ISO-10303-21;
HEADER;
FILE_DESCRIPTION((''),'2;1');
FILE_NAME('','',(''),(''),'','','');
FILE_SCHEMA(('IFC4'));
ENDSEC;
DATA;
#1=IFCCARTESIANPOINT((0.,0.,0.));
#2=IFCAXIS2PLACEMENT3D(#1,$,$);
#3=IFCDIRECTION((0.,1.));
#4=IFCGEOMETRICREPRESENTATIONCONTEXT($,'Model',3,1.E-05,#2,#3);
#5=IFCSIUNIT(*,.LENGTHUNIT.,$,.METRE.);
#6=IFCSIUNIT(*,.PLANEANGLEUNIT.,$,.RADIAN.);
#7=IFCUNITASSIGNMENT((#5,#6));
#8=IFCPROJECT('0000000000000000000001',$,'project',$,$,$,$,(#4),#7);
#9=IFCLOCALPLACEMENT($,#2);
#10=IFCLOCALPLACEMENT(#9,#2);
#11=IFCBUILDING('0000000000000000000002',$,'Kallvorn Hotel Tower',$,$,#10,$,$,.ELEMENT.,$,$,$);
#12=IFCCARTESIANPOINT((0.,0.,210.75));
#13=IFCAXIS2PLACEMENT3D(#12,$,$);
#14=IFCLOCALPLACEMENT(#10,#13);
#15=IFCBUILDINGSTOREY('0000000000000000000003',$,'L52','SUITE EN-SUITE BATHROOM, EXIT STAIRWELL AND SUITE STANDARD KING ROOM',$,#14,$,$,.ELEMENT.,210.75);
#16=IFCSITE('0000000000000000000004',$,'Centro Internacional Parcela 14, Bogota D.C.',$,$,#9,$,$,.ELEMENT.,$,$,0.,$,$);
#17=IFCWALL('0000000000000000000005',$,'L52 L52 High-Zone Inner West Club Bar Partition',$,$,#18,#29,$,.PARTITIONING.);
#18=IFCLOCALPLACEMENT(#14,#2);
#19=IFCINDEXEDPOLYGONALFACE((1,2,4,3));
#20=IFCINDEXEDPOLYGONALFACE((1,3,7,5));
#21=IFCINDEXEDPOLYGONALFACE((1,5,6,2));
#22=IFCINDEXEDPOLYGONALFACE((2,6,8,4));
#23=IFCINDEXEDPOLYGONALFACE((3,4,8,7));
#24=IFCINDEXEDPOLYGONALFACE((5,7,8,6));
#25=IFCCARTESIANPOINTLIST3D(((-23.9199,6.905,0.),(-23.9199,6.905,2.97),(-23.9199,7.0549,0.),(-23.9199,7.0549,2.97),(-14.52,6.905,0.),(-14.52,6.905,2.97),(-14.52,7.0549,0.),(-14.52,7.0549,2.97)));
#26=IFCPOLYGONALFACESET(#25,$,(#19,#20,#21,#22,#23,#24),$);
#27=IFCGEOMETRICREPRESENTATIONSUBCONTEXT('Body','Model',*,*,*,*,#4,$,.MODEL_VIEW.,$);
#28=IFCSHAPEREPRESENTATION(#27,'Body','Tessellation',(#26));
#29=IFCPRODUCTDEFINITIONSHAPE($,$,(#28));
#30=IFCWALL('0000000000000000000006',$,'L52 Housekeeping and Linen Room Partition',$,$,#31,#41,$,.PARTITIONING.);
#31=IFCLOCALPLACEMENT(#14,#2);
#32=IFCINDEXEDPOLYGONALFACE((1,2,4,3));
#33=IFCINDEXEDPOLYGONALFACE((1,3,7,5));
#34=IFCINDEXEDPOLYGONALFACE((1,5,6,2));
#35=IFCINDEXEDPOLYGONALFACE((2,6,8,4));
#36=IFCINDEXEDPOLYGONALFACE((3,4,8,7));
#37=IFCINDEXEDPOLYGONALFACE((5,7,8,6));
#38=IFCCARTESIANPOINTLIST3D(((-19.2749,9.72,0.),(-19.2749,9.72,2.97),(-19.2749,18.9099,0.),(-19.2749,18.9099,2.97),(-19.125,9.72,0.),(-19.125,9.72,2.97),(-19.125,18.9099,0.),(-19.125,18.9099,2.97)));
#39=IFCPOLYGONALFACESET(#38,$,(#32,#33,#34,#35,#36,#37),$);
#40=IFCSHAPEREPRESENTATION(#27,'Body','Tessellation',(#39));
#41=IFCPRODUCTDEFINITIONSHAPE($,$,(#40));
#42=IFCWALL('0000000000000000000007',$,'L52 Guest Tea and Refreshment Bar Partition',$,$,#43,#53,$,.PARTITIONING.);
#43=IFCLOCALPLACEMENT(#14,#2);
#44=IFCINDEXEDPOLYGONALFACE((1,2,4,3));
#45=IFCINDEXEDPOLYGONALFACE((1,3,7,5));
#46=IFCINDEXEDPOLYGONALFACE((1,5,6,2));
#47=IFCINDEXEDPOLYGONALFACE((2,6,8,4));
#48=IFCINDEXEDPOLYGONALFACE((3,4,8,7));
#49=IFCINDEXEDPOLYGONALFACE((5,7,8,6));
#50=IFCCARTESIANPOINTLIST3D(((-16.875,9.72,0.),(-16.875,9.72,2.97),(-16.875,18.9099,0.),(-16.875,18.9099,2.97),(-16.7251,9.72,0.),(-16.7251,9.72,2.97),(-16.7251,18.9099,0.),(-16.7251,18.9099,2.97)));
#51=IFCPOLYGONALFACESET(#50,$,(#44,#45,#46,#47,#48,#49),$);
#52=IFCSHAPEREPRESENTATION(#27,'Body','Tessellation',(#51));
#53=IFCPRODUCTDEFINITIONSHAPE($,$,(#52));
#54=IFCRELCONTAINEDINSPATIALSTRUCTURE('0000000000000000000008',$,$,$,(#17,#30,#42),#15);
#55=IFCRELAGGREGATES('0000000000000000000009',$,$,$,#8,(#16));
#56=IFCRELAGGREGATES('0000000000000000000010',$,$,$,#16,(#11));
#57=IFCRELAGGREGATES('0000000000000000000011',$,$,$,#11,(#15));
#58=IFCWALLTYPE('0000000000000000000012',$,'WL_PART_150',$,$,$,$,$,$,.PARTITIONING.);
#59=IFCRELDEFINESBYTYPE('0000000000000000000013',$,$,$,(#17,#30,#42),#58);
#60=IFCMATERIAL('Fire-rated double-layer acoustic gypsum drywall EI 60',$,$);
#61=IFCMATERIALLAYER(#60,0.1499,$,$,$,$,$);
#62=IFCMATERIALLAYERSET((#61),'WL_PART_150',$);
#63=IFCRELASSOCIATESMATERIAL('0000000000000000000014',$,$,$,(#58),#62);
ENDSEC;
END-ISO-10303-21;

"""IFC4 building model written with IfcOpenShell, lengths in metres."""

from ifc_helpers import new_model, si_unit, direction, frame, frame_2d, origin, place, context, subcontext, project, spatial, rectangle, extrude, material, layer, layer_set, type_object, element, save


model = new_model("IFC4")

# Units and contexts
model_context = context("Model", 3, precision=1e-05, world=origin(), true_north=direction((0.0, 1.0)))
body_context = subcontext(model_context, "Body", "Model", "MODEL_VIEW")
ifc_project = project(units=[si_unit("LENGTHUNIT", "METRE"), si_unit("PLANEANGLEUNIT", "RADIAN")], contexts=[model_context])

# Site, building, storey
site_placement = place(None, origin())
site = spatial("IfcSite", under=ifc_project, at=site_placement, Name="Centro Internacional Parcela 14, Bogota D.C.", CompositionType="ELEMENT", RefElevation=0.0)
building_placement = place(site_placement, origin())
building = spatial("IfcBuilding", under=site, at=building_placement, Name="Kallvorn Hotel Tower", CompositionType="ELEMENT")
storey_placement = place(building_placement, frame((0.0, 0.0, 210.75)))
storey = spatial("IfcBuildingStorey", under=building, at=storey_placement, Name="L52", Description="SUITE EN-SUITE BATHROOM, EXIT STAIRWELL AND SUITE STANDARD KING ROOM", CompositionType="ELEMENT", Elevation=210.75)

# Walls
ifc_material_1 = material(Name="Fire-rated double-layer acoustic gypsum drywall EI 60")
ifc_layer_1 = layer(ifc_material_1, 0.1499)
ifc_layer_set_1 = layer_set([ifc_layer_1], Name="WL_PART_150")
wall_type_1 = type_object("IfcWallType", Name="WL_PART_150", PredefinedType="PARTITIONING", material=ifc_layer_set_1)
wall_1_placement = place(storey_placement, frame((-23.9199, 6.98, 0.0), z_axis=(0.0, 0.0, 1.0), x_axis=(1.0, 0.0, 0.0)))
element("IfcWall", 1, at=wall_1_placement, inside=storey, type_object=wall_type_1, Name="L52 L52 High-Zone Inner West Club Bar Partition", PredefinedType="PARTITIONING", context=body_context, shape_type="SweptSolid", body=[
    extrude(rectangle(XDim=9.3999, YDim=0.1499, at=frame_2d((4.7, 0.0))), origin(), (0.0, 0.0, 1.0), 2.97),
])
for number, where, z_axis, x_axis, name in (
    (2, (-19.2, 9.72, 0.0), (0.0, 0.0, 1.0), (0.0, 1.0, 0.0), "L52 Housekeeping and Linen Room Partition"),
    (3, (-16.8, 9.72, 0.0), (0.0, 0.0, 1.0), (0.0, 1.0, 0.0), "L52 Guest Tea and Refreshment Bar Partition"),
):
    element("IfcWall", number, at=place(storey_placement, frame(where, z_axis=z_axis, x_axis=x_axis)), inside=storey, type_object=wall_type_1, Name=name, PredefinedType="PARTITIONING", context=body_context, shape_type="SweptSolid", body=[
        extrude(rectangle(XDim=9.1899, YDim=0.1499, at=frame_2d((4.595, 0.0))), origin(), (0.0, 0.0, 1.0), 2.97),
    ])

save(model, "model.ifc")
